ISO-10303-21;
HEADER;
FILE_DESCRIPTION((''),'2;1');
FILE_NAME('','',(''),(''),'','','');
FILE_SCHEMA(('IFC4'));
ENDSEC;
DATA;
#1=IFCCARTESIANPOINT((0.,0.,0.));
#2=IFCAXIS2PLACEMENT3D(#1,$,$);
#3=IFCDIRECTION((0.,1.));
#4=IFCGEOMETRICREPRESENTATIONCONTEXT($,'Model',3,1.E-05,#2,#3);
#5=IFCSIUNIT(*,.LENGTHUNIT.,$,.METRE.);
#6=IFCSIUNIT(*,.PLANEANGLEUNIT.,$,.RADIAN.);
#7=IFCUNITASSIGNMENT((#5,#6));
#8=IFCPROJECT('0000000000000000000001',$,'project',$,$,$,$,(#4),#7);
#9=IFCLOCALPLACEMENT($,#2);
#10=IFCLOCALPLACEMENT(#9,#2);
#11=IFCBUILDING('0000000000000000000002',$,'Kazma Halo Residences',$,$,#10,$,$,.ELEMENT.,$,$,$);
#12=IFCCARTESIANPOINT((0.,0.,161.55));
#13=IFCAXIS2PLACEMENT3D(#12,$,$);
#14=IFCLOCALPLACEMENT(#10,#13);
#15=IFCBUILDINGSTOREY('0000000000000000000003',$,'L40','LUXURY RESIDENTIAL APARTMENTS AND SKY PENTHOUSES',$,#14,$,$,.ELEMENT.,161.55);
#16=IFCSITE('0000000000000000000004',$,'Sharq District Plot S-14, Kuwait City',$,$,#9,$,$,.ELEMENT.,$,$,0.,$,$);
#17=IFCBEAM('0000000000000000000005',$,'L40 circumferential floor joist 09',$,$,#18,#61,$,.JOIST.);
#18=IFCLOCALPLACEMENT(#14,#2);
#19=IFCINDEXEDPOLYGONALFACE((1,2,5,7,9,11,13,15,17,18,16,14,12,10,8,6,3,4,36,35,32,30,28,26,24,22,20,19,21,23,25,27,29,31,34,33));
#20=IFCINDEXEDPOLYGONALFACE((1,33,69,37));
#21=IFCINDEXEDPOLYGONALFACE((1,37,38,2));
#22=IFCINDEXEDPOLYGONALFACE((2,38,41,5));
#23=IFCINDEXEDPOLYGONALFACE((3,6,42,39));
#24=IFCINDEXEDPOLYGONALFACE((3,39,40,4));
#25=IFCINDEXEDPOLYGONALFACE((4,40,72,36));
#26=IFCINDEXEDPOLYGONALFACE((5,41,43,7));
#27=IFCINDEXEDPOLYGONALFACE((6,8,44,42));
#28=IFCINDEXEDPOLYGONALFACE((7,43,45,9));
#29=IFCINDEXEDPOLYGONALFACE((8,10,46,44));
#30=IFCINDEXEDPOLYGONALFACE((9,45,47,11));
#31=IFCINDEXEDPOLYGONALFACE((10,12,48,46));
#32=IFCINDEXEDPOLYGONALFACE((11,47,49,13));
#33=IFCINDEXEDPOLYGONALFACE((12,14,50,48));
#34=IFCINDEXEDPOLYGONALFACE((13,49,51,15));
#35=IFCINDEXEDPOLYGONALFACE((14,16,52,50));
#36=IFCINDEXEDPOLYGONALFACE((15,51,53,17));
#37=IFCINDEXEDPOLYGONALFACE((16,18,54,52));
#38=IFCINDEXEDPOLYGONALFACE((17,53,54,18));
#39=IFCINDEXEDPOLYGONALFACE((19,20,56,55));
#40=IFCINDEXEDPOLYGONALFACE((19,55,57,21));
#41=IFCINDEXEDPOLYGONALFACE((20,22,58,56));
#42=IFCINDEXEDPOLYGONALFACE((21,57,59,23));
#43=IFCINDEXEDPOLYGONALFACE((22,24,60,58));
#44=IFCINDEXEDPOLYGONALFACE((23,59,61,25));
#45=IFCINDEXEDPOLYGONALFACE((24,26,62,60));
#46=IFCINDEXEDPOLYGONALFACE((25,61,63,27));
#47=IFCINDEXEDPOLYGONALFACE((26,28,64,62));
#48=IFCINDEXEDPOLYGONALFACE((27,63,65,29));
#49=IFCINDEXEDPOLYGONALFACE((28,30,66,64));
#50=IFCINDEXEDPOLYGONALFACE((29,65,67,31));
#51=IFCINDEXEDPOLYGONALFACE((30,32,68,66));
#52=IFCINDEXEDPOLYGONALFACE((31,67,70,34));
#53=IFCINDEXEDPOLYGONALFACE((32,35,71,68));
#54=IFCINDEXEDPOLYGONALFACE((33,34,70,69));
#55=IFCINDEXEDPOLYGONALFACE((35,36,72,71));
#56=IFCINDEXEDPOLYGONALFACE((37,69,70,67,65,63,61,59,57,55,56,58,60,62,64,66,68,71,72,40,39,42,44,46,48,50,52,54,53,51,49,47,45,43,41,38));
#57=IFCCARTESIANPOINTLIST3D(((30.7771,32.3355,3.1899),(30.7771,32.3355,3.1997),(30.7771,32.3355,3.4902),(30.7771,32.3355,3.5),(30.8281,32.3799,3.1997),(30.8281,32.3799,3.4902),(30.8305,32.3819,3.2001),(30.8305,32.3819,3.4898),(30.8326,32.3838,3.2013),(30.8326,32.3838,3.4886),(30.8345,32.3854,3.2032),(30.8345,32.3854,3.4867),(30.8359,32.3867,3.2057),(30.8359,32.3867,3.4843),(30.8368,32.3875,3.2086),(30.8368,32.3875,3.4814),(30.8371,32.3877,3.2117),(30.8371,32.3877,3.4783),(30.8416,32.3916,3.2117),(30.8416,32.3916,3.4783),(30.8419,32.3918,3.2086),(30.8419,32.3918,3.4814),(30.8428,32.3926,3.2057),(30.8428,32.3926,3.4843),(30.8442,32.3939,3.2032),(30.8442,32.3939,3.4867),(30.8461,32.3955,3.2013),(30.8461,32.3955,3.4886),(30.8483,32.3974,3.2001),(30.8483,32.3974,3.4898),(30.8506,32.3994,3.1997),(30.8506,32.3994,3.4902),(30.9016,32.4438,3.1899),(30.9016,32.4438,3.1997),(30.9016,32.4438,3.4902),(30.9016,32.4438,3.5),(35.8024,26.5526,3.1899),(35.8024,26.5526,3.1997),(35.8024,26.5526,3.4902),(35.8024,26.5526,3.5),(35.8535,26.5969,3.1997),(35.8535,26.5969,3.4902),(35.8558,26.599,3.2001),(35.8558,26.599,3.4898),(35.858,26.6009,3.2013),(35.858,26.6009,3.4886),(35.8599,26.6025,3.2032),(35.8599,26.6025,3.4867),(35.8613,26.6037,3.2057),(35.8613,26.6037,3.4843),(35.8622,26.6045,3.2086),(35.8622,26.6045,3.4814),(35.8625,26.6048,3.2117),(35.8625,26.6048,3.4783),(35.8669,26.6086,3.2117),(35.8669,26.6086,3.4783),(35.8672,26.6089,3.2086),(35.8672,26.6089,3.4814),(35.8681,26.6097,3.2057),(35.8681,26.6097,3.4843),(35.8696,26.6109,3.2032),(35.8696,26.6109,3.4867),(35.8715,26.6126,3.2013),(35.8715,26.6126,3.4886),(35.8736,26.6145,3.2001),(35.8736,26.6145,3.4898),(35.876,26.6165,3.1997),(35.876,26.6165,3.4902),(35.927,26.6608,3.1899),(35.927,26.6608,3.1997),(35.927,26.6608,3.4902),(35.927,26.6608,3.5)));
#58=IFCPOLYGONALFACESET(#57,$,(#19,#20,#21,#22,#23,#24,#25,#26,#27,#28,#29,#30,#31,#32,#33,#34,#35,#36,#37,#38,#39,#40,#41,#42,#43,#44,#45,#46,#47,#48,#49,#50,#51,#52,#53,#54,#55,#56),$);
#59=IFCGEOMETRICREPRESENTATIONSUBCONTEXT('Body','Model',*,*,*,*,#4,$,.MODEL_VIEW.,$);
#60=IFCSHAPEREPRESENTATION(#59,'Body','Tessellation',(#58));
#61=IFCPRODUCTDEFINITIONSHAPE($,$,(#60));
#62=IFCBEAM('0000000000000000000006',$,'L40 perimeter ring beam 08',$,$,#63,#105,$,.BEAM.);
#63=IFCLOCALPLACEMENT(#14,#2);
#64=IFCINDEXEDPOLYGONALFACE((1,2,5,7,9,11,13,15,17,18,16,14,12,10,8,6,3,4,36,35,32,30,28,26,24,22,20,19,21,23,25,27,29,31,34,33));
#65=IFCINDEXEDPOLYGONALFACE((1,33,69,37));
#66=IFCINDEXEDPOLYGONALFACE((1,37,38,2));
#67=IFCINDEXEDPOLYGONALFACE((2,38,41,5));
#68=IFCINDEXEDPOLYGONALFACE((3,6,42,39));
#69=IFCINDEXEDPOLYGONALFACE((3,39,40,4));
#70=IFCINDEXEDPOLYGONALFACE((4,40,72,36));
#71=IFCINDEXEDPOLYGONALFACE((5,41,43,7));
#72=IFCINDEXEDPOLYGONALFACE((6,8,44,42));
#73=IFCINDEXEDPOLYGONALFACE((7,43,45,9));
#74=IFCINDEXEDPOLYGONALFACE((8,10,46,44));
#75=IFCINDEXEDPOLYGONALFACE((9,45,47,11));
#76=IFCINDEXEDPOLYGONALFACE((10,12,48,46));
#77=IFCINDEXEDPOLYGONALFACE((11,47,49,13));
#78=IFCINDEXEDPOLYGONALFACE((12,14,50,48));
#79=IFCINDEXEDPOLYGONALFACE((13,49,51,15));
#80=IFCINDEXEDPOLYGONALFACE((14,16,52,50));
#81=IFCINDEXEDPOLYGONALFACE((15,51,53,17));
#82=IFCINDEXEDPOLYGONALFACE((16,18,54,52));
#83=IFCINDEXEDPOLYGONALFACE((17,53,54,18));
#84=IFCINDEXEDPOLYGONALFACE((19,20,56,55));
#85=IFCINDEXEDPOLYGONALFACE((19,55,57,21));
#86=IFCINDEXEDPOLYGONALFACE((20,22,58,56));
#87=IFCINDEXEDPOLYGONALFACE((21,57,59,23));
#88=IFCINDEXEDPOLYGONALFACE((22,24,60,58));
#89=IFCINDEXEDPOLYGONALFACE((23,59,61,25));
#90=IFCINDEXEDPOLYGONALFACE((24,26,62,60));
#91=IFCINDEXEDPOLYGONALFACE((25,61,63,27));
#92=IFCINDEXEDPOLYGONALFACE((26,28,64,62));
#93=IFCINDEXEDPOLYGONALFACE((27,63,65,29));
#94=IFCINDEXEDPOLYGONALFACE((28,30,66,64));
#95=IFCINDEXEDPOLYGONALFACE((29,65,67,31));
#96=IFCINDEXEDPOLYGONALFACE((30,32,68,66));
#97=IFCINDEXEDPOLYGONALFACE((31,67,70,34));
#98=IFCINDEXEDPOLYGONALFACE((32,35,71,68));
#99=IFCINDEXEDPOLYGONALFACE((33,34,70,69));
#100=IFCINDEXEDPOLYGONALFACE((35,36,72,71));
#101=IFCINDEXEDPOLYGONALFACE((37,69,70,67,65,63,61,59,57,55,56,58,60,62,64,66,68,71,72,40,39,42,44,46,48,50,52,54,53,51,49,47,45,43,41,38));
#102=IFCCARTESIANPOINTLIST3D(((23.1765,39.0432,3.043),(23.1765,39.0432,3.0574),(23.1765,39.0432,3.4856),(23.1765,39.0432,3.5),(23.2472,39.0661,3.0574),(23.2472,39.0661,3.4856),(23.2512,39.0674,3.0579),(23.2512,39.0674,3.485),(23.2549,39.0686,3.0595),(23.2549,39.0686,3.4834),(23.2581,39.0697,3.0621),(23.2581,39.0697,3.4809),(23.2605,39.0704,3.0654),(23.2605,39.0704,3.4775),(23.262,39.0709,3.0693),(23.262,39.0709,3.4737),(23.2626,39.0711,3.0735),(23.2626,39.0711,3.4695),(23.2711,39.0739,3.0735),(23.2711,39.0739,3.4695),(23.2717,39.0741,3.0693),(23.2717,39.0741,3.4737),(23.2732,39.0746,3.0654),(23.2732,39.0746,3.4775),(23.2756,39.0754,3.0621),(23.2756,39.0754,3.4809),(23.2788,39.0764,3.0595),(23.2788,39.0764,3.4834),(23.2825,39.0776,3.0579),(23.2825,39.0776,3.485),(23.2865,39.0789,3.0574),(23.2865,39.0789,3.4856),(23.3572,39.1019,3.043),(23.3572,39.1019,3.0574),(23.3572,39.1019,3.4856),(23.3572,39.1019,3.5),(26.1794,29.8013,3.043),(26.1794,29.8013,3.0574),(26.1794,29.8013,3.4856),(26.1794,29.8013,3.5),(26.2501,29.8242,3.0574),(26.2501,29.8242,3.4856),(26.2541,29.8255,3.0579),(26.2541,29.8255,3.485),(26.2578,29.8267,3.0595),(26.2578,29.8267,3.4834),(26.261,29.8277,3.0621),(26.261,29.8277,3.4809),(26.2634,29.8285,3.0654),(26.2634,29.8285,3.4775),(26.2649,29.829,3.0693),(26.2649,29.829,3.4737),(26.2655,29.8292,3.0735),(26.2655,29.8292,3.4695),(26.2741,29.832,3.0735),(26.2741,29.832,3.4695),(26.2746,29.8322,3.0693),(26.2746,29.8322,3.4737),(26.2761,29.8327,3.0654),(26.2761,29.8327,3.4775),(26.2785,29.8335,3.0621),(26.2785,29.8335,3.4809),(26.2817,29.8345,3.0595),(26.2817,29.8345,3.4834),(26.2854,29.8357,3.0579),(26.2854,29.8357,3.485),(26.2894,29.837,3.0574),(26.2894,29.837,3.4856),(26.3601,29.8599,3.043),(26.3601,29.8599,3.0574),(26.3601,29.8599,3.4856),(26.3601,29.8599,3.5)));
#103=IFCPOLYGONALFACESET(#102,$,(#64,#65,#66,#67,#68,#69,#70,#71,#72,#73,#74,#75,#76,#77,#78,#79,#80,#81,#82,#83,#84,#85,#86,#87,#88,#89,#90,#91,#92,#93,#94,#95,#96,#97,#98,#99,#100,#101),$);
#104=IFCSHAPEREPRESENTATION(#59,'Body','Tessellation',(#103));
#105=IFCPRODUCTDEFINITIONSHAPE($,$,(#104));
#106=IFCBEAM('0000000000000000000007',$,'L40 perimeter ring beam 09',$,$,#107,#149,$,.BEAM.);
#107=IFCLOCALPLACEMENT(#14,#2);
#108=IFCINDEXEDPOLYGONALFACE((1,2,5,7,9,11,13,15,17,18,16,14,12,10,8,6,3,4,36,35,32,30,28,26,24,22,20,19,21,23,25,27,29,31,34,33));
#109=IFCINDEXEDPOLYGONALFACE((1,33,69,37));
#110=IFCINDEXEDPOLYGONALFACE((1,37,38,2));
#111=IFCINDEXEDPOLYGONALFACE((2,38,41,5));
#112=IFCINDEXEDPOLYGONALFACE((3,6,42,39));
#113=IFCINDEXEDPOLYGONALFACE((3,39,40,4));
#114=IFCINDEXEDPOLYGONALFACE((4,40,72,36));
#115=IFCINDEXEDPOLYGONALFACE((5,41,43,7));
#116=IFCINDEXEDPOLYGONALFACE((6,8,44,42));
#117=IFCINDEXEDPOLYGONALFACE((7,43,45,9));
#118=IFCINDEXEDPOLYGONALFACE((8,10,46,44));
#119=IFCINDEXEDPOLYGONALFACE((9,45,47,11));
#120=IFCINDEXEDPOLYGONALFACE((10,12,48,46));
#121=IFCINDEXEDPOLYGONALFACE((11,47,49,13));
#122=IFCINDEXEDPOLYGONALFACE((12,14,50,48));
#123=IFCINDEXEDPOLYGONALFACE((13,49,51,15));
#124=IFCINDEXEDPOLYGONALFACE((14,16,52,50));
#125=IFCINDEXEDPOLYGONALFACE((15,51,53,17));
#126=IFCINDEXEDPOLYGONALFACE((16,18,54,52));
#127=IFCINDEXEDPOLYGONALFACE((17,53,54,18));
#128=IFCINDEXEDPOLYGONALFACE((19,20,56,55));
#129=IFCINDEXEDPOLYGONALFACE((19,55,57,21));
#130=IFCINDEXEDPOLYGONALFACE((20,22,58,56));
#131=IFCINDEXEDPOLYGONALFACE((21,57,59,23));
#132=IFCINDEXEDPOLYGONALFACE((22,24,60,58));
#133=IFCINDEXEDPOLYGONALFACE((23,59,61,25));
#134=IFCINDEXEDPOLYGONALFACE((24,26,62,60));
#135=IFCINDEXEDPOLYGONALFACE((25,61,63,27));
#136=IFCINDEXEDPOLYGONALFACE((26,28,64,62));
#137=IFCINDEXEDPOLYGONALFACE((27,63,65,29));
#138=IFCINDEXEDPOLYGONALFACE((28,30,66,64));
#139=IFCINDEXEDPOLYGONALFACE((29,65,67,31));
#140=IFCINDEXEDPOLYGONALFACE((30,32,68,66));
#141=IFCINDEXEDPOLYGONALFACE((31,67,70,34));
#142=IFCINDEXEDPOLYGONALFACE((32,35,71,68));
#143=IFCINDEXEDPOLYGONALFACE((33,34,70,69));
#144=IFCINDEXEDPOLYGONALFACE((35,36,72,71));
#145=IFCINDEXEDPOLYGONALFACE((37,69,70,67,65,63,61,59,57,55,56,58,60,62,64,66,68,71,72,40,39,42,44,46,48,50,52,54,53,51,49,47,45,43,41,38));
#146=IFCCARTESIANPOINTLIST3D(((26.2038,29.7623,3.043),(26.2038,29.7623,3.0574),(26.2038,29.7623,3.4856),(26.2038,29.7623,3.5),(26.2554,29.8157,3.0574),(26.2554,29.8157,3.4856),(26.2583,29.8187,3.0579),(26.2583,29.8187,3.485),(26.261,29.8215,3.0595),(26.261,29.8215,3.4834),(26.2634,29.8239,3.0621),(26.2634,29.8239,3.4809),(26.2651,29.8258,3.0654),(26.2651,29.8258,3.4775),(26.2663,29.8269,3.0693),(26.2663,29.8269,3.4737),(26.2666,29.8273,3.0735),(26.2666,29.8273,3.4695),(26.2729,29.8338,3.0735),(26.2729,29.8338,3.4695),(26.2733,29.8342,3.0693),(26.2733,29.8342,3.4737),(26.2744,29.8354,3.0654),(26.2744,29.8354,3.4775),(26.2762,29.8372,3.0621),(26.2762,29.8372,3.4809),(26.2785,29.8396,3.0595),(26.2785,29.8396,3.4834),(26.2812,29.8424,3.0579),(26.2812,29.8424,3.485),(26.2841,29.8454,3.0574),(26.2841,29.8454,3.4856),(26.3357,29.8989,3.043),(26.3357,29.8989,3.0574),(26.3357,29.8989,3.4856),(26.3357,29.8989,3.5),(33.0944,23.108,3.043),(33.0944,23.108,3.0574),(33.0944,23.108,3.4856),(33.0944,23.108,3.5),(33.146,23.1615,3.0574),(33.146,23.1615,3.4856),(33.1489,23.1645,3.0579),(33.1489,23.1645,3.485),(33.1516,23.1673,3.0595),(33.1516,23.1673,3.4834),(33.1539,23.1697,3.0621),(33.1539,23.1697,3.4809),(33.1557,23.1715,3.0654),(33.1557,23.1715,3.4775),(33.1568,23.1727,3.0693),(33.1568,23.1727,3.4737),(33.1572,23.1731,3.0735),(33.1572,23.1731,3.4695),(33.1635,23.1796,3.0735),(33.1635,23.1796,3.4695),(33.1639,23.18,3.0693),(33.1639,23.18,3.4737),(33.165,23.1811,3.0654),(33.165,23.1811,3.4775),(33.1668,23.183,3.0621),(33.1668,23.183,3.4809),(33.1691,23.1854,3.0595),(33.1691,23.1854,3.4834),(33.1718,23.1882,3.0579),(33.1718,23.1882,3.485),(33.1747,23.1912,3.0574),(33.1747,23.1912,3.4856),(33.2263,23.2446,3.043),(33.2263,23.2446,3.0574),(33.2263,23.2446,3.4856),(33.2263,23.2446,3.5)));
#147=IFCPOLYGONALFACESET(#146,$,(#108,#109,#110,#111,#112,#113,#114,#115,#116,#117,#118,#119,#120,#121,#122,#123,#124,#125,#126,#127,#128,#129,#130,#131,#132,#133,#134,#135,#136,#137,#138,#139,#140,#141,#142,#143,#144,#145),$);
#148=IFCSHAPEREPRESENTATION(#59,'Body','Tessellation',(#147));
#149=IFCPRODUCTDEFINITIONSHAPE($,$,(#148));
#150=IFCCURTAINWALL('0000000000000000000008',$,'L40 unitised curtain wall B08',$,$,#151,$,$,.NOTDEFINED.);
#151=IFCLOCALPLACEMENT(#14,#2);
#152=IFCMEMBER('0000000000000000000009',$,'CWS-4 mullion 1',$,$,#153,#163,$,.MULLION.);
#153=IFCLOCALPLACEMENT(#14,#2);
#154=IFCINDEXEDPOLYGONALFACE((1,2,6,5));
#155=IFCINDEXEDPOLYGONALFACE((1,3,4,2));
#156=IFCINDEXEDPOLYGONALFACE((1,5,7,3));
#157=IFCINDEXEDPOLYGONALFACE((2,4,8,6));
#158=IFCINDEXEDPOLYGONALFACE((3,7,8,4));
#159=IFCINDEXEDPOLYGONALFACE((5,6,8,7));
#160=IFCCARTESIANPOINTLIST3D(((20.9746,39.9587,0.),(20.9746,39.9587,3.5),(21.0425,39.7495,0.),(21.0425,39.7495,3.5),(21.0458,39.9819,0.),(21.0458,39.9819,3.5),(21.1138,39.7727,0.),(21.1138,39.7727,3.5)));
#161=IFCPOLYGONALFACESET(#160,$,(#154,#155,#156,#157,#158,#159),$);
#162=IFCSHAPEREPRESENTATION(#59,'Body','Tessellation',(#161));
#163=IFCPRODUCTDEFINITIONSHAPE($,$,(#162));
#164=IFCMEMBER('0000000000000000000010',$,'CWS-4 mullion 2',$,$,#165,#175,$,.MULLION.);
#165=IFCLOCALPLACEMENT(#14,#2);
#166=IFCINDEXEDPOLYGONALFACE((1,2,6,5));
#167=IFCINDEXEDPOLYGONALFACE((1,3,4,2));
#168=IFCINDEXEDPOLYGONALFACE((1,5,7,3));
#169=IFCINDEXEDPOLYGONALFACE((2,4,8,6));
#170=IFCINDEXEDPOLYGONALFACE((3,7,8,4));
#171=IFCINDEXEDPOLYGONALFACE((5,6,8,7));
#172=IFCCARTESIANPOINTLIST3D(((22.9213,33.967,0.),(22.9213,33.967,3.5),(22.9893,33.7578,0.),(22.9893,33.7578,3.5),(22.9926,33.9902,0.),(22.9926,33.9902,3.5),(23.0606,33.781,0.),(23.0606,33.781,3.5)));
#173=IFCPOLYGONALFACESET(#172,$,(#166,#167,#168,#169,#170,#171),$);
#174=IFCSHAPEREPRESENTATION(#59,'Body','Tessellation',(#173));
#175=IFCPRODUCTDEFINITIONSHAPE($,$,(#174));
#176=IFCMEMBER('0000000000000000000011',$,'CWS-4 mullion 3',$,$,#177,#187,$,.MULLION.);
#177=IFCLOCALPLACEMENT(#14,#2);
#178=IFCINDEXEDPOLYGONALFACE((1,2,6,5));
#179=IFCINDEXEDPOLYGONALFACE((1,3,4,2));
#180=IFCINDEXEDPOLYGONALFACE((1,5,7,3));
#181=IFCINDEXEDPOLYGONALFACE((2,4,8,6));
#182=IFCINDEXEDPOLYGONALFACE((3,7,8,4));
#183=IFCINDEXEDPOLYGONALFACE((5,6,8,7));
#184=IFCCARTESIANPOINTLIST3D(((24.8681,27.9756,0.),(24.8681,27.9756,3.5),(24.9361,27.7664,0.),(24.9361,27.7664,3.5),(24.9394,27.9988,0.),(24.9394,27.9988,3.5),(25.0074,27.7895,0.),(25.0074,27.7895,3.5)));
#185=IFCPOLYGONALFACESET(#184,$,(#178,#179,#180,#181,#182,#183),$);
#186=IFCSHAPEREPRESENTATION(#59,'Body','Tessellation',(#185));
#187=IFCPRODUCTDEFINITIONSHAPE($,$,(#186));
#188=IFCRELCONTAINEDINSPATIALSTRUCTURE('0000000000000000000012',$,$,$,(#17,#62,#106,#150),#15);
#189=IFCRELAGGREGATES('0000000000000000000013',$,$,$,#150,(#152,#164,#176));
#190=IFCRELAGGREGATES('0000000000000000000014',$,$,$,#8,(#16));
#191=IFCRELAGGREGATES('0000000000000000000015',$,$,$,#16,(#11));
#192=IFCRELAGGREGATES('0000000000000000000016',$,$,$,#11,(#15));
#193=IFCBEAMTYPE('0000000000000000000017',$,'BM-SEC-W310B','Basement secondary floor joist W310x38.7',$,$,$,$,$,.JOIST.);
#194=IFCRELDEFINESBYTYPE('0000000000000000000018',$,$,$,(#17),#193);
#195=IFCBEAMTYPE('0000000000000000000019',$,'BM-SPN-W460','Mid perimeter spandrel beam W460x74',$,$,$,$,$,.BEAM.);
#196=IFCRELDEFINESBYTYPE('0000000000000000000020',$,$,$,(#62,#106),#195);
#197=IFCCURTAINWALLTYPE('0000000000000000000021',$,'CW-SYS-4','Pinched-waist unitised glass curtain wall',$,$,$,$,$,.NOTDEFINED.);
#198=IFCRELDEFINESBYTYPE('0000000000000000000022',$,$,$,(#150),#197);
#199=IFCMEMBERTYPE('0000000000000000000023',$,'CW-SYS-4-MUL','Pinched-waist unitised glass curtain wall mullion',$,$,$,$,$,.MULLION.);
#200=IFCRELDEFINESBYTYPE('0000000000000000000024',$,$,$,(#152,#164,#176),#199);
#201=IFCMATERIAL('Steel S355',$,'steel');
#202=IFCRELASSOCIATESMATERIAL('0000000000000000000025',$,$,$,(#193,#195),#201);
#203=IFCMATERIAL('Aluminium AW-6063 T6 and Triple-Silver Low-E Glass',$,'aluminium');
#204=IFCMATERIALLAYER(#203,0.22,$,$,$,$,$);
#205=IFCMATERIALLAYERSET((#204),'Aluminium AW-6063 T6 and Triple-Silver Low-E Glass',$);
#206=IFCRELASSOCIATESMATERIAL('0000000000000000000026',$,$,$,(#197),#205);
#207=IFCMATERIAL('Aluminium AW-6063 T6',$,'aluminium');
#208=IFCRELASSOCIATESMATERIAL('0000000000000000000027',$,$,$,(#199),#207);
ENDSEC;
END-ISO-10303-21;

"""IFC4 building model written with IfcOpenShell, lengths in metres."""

from ifc_helpers import new_model, si_unit, direction, frame, origin, origin_2d, place, context, subcontext, project, spatial, rectangle, i_section, extrude, material, layer, layer_set, material_profile, profile_set, type_object, element, aggregate, save


model = new_model("IFC4")

# Units and contexts
model_context = context("Model", 3, precision=1e-05, world=origin(), true_north=direction((0.0, 1.0)))
body_context = subcontext(model_context, "Body", "Model", "MODEL_VIEW")
ifc_project = project(units=[si_unit("LENGTHUNIT", "METRE"), si_unit("PLANEANGLEUNIT", "RADIAN")], contexts=[model_context])

# Site, building, storey
site_placement = place(None, origin())
site = spatial("IfcSite", under=ifc_project, at=site_placement, Name="Sharq District Plot S-14, Kuwait City", CompositionType="ELEMENT", RefElevation=0.0)
building_placement = place(site_placement, origin())
building = spatial("IfcBuilding", under=site, at=building_placement, Name="Kazma Halo Residences", CompositionType="ELEMENT")
storey_placement = place(building_placement, frame((0.0, 0.0, 161.55)))
storey = spatial("IfcBuildingStorey", under=building, at=storey_placement, Name="L40", Description="LUXURY RESIDENTIAL APARTMENTS AND SKY PENTHOUSES", CompositionType="ELEMENT", Elevation=161.55)

# Beams
ifc_material_1 = material(Name="Steel S355", Category="steel")
ifc_material_profile_1 = material_profile(ifc_material_1, i_section(OverallWidth=0.165, OverallDepth=0.3101, WebThickness=0.0059, FlangeThickness=0.0098, FilletRadius=0.012, at=origin_2d()), Name="W310x38.7")
ifc_profile_set_1 = profile_set([ifc_material_profile_1], Name="Steel S355")
beam_type_1 = type_object("IfcBeamType", Name="BM-SEC-W310B", Description="Basement secondary floor joist W310x38.7", PredefinedType="JOIST", material=ifc_profile_set_1)
beam_1_placement = place(storey_placement, frame((30.8394, 32.3896, 3.345), z_axis=(0.655936, -0.754817, 0.0), x_axis=(0.754817, 0.655936, 0.0)))
element("IfcBeam", 1, at=beam_1_placement, inside=storey, type_object=beam_type_1, Name="L40 circumferential floor joist 09", PredefinedType="JOIST", context=body_context, shape_type="SweptSolid", body=[
    extrude(i_section(OverallWidth=0.165, OverallDepth=0.3101, WebThickness=0.0059, FlangeThickness=0.0098, FilletRadius=0.012, at=origin_2d()), origin(), (0.0, 0.0, 1.0), 7.6614),
])
ifc_material_profile_2 = material_profile(ifc_material_1, i_section(OverallWidth=0.1899, OverallDepth=0.457, WebThickness=0.009, FlangeThickness=0.0144, FilletRadius=0.0161, at=origin_2d()), Name="W460x74")
ifc_profile_set_2 = profile_set([ifc_material_profile_2], Name="Steel S355")
beam_type_2 = type_object("IfcBeamType", Name="BM-SPN-W460", Description="Mid perimeter spandrel beam W460x74", PredefinedType="BEAM", material=ifc_profile_set_2)
beam_2_placement = place(storey_placement, frame((23.2668, 39.0725, 3.2715), z_axis=(0.309021, -0.951055, 0.0), x_axis=(0.951055, 0.309021, 0.0)))
element("IfcBeam", 2, at=beam_2_placement, inside=storey, type_object=beam_type_2, Name="L40 perimeter ring beam 08", PredefinedType="BEAM", context=body_context, shape_type="SweptSolid", body=[
    extrude(i_section(OverallWidth=0.1899, OverallDepth=0.457, WebThickness=0.009, FlangeThickness=0.0144, FilletRadius=0.0161, at=origin_2d()), origin(), (0.0, 0.0, 1.0), 9.7175),
])
beam_3_placement = place(storey_placement, frame((26.2698, 29.8306, 3.2715), z_axis=(0.719335, -0.694664, 0.0), x_axis=(0.694664, 0.719335, 0.0)))
element("IfcBeam", 3, at=beam_3_placement, inside=storey, type_object=beam_type_2, Name="L40 perimeter ring beam 09", PredefinedType="BEAM", context=body_context, shape_type="SweptSolid", body=[
    extrude(i_section(OverallWidth=0.1899, OverallDepth=0.457, WebThickness=0.009, FlangeThickness=0.0144, FilletRadius=0.0161, at=origin_2d()), origin(), (0.0, 0.0, 1.0), 9.5791),
])

# Curtain wall, members
ifc_material_2 = material(Name="Aluminium AW-6063 T6 and Triple-Silver Low-E Glass", Category="aluminium")
ifc_layer_1 = layer(ifc_material_2, 0.22)
ifc_layer_set_1 = layer_set([ifc_layer_1], Name="Aluminium AW-6063 T6 and Triple-Silver Low-E Glass")
curtain_wall_type = type_object("IfcCurtainWallType", Name="CW-SYS-4", Description="Pinched-waist unitised glass curtain wall", PredefinedType="NOTDEFINED", material=ifc_layer_set_1)
curtain_wall_1_placement = place(storey_placement, origin())
curtain_wall_1 = element("IfcCurtainWall", 4, at=curtain_wall_1_placement, inside=storey, type_object=curtain_wall_type, Name="L40 unitised curtain wall B08", PredefinedType="NOTDEFINED")
ifc_material_3 = material(Name="Aluminium AW-6063 T6", Category="aluminium")
ifc_material_profile_3 = material_profile(ifc_material_3, rectangle(XDim=0.075, YDim=0.22, at=origin_2d()), Name="CWM-75x220")
ifc_profile_set_3 = profile_set([ifc_material_profile_3], Name="Aluminium AW-6063 T6")
member_type_1 = type_object("IfcMemberType", Name="CW-SYS-4-MUL", Description="Pinched-waist unitised glass curtain wall mullion", PredefinedType="MULLION", material=ifc_profile_set_3)
member_1_placement = place(storey_placement, frame((21.0442, 39.8657, 0.0), z_axis=(0.0, 0.0, 1.0), x_axis=(0.951058, 0.309014, 0.0)))
member_1 = element("IfcMember", 5, at=member_1_placement, type_object=member_type_1, Name="CWS-4 mullion 1", PredefinedType="MULLION", context=body_context, shape_type="SweptSolid", body=[
    extrude(rectangle(XDim=0.075, YDim=0.22, at=origin_2d()), origin(), (0.0, 0.0, 1.0), 3.5),
])
member_2_placement = place(storey_placement, frame((22.991, 33.874, 0.0), z_axis=(0.0, 0.0, 1.0), x_axis=(0.951058, 0.309014, 0.0)))
member_2 = element("IfcMember", 6, at=member_2_placement, type_object=member_type_1, Name="CWS-4 mullion 2", PredefinedType="MULLION", context=body_context, shape_type="SweptSolid", body=[
    extrude(rectangle(XDim=0.075, YDim=0.22, at=origin_2d()), origin(), (0.0, 0.0, 1.0), 3.5),
])
member_3_placement = place(storey_placement, frame((24.9377, 27.8826, 0.0), z_axis=(0.0, 0.0, 1.0), x_axis=(0.951058, 0.309014, 0.0)))
member_3 = element("IfcMember", 7, at=member_3_placement, type_object=member_type_1, Name="CWS-4 mullion 3", PredefinedType="MULLION", context=body_context, shape_type="SweptSolid", body=[
    extrude(rectangle(XDim=0.075, YDim=0.22, at=origin_2d()), origin(), (0.0, 0.0, 1.0), 3.5),
])

aggregate(curtain_wall_1, [member_1, member_2, member_3])

save(model, "model.ifc")
